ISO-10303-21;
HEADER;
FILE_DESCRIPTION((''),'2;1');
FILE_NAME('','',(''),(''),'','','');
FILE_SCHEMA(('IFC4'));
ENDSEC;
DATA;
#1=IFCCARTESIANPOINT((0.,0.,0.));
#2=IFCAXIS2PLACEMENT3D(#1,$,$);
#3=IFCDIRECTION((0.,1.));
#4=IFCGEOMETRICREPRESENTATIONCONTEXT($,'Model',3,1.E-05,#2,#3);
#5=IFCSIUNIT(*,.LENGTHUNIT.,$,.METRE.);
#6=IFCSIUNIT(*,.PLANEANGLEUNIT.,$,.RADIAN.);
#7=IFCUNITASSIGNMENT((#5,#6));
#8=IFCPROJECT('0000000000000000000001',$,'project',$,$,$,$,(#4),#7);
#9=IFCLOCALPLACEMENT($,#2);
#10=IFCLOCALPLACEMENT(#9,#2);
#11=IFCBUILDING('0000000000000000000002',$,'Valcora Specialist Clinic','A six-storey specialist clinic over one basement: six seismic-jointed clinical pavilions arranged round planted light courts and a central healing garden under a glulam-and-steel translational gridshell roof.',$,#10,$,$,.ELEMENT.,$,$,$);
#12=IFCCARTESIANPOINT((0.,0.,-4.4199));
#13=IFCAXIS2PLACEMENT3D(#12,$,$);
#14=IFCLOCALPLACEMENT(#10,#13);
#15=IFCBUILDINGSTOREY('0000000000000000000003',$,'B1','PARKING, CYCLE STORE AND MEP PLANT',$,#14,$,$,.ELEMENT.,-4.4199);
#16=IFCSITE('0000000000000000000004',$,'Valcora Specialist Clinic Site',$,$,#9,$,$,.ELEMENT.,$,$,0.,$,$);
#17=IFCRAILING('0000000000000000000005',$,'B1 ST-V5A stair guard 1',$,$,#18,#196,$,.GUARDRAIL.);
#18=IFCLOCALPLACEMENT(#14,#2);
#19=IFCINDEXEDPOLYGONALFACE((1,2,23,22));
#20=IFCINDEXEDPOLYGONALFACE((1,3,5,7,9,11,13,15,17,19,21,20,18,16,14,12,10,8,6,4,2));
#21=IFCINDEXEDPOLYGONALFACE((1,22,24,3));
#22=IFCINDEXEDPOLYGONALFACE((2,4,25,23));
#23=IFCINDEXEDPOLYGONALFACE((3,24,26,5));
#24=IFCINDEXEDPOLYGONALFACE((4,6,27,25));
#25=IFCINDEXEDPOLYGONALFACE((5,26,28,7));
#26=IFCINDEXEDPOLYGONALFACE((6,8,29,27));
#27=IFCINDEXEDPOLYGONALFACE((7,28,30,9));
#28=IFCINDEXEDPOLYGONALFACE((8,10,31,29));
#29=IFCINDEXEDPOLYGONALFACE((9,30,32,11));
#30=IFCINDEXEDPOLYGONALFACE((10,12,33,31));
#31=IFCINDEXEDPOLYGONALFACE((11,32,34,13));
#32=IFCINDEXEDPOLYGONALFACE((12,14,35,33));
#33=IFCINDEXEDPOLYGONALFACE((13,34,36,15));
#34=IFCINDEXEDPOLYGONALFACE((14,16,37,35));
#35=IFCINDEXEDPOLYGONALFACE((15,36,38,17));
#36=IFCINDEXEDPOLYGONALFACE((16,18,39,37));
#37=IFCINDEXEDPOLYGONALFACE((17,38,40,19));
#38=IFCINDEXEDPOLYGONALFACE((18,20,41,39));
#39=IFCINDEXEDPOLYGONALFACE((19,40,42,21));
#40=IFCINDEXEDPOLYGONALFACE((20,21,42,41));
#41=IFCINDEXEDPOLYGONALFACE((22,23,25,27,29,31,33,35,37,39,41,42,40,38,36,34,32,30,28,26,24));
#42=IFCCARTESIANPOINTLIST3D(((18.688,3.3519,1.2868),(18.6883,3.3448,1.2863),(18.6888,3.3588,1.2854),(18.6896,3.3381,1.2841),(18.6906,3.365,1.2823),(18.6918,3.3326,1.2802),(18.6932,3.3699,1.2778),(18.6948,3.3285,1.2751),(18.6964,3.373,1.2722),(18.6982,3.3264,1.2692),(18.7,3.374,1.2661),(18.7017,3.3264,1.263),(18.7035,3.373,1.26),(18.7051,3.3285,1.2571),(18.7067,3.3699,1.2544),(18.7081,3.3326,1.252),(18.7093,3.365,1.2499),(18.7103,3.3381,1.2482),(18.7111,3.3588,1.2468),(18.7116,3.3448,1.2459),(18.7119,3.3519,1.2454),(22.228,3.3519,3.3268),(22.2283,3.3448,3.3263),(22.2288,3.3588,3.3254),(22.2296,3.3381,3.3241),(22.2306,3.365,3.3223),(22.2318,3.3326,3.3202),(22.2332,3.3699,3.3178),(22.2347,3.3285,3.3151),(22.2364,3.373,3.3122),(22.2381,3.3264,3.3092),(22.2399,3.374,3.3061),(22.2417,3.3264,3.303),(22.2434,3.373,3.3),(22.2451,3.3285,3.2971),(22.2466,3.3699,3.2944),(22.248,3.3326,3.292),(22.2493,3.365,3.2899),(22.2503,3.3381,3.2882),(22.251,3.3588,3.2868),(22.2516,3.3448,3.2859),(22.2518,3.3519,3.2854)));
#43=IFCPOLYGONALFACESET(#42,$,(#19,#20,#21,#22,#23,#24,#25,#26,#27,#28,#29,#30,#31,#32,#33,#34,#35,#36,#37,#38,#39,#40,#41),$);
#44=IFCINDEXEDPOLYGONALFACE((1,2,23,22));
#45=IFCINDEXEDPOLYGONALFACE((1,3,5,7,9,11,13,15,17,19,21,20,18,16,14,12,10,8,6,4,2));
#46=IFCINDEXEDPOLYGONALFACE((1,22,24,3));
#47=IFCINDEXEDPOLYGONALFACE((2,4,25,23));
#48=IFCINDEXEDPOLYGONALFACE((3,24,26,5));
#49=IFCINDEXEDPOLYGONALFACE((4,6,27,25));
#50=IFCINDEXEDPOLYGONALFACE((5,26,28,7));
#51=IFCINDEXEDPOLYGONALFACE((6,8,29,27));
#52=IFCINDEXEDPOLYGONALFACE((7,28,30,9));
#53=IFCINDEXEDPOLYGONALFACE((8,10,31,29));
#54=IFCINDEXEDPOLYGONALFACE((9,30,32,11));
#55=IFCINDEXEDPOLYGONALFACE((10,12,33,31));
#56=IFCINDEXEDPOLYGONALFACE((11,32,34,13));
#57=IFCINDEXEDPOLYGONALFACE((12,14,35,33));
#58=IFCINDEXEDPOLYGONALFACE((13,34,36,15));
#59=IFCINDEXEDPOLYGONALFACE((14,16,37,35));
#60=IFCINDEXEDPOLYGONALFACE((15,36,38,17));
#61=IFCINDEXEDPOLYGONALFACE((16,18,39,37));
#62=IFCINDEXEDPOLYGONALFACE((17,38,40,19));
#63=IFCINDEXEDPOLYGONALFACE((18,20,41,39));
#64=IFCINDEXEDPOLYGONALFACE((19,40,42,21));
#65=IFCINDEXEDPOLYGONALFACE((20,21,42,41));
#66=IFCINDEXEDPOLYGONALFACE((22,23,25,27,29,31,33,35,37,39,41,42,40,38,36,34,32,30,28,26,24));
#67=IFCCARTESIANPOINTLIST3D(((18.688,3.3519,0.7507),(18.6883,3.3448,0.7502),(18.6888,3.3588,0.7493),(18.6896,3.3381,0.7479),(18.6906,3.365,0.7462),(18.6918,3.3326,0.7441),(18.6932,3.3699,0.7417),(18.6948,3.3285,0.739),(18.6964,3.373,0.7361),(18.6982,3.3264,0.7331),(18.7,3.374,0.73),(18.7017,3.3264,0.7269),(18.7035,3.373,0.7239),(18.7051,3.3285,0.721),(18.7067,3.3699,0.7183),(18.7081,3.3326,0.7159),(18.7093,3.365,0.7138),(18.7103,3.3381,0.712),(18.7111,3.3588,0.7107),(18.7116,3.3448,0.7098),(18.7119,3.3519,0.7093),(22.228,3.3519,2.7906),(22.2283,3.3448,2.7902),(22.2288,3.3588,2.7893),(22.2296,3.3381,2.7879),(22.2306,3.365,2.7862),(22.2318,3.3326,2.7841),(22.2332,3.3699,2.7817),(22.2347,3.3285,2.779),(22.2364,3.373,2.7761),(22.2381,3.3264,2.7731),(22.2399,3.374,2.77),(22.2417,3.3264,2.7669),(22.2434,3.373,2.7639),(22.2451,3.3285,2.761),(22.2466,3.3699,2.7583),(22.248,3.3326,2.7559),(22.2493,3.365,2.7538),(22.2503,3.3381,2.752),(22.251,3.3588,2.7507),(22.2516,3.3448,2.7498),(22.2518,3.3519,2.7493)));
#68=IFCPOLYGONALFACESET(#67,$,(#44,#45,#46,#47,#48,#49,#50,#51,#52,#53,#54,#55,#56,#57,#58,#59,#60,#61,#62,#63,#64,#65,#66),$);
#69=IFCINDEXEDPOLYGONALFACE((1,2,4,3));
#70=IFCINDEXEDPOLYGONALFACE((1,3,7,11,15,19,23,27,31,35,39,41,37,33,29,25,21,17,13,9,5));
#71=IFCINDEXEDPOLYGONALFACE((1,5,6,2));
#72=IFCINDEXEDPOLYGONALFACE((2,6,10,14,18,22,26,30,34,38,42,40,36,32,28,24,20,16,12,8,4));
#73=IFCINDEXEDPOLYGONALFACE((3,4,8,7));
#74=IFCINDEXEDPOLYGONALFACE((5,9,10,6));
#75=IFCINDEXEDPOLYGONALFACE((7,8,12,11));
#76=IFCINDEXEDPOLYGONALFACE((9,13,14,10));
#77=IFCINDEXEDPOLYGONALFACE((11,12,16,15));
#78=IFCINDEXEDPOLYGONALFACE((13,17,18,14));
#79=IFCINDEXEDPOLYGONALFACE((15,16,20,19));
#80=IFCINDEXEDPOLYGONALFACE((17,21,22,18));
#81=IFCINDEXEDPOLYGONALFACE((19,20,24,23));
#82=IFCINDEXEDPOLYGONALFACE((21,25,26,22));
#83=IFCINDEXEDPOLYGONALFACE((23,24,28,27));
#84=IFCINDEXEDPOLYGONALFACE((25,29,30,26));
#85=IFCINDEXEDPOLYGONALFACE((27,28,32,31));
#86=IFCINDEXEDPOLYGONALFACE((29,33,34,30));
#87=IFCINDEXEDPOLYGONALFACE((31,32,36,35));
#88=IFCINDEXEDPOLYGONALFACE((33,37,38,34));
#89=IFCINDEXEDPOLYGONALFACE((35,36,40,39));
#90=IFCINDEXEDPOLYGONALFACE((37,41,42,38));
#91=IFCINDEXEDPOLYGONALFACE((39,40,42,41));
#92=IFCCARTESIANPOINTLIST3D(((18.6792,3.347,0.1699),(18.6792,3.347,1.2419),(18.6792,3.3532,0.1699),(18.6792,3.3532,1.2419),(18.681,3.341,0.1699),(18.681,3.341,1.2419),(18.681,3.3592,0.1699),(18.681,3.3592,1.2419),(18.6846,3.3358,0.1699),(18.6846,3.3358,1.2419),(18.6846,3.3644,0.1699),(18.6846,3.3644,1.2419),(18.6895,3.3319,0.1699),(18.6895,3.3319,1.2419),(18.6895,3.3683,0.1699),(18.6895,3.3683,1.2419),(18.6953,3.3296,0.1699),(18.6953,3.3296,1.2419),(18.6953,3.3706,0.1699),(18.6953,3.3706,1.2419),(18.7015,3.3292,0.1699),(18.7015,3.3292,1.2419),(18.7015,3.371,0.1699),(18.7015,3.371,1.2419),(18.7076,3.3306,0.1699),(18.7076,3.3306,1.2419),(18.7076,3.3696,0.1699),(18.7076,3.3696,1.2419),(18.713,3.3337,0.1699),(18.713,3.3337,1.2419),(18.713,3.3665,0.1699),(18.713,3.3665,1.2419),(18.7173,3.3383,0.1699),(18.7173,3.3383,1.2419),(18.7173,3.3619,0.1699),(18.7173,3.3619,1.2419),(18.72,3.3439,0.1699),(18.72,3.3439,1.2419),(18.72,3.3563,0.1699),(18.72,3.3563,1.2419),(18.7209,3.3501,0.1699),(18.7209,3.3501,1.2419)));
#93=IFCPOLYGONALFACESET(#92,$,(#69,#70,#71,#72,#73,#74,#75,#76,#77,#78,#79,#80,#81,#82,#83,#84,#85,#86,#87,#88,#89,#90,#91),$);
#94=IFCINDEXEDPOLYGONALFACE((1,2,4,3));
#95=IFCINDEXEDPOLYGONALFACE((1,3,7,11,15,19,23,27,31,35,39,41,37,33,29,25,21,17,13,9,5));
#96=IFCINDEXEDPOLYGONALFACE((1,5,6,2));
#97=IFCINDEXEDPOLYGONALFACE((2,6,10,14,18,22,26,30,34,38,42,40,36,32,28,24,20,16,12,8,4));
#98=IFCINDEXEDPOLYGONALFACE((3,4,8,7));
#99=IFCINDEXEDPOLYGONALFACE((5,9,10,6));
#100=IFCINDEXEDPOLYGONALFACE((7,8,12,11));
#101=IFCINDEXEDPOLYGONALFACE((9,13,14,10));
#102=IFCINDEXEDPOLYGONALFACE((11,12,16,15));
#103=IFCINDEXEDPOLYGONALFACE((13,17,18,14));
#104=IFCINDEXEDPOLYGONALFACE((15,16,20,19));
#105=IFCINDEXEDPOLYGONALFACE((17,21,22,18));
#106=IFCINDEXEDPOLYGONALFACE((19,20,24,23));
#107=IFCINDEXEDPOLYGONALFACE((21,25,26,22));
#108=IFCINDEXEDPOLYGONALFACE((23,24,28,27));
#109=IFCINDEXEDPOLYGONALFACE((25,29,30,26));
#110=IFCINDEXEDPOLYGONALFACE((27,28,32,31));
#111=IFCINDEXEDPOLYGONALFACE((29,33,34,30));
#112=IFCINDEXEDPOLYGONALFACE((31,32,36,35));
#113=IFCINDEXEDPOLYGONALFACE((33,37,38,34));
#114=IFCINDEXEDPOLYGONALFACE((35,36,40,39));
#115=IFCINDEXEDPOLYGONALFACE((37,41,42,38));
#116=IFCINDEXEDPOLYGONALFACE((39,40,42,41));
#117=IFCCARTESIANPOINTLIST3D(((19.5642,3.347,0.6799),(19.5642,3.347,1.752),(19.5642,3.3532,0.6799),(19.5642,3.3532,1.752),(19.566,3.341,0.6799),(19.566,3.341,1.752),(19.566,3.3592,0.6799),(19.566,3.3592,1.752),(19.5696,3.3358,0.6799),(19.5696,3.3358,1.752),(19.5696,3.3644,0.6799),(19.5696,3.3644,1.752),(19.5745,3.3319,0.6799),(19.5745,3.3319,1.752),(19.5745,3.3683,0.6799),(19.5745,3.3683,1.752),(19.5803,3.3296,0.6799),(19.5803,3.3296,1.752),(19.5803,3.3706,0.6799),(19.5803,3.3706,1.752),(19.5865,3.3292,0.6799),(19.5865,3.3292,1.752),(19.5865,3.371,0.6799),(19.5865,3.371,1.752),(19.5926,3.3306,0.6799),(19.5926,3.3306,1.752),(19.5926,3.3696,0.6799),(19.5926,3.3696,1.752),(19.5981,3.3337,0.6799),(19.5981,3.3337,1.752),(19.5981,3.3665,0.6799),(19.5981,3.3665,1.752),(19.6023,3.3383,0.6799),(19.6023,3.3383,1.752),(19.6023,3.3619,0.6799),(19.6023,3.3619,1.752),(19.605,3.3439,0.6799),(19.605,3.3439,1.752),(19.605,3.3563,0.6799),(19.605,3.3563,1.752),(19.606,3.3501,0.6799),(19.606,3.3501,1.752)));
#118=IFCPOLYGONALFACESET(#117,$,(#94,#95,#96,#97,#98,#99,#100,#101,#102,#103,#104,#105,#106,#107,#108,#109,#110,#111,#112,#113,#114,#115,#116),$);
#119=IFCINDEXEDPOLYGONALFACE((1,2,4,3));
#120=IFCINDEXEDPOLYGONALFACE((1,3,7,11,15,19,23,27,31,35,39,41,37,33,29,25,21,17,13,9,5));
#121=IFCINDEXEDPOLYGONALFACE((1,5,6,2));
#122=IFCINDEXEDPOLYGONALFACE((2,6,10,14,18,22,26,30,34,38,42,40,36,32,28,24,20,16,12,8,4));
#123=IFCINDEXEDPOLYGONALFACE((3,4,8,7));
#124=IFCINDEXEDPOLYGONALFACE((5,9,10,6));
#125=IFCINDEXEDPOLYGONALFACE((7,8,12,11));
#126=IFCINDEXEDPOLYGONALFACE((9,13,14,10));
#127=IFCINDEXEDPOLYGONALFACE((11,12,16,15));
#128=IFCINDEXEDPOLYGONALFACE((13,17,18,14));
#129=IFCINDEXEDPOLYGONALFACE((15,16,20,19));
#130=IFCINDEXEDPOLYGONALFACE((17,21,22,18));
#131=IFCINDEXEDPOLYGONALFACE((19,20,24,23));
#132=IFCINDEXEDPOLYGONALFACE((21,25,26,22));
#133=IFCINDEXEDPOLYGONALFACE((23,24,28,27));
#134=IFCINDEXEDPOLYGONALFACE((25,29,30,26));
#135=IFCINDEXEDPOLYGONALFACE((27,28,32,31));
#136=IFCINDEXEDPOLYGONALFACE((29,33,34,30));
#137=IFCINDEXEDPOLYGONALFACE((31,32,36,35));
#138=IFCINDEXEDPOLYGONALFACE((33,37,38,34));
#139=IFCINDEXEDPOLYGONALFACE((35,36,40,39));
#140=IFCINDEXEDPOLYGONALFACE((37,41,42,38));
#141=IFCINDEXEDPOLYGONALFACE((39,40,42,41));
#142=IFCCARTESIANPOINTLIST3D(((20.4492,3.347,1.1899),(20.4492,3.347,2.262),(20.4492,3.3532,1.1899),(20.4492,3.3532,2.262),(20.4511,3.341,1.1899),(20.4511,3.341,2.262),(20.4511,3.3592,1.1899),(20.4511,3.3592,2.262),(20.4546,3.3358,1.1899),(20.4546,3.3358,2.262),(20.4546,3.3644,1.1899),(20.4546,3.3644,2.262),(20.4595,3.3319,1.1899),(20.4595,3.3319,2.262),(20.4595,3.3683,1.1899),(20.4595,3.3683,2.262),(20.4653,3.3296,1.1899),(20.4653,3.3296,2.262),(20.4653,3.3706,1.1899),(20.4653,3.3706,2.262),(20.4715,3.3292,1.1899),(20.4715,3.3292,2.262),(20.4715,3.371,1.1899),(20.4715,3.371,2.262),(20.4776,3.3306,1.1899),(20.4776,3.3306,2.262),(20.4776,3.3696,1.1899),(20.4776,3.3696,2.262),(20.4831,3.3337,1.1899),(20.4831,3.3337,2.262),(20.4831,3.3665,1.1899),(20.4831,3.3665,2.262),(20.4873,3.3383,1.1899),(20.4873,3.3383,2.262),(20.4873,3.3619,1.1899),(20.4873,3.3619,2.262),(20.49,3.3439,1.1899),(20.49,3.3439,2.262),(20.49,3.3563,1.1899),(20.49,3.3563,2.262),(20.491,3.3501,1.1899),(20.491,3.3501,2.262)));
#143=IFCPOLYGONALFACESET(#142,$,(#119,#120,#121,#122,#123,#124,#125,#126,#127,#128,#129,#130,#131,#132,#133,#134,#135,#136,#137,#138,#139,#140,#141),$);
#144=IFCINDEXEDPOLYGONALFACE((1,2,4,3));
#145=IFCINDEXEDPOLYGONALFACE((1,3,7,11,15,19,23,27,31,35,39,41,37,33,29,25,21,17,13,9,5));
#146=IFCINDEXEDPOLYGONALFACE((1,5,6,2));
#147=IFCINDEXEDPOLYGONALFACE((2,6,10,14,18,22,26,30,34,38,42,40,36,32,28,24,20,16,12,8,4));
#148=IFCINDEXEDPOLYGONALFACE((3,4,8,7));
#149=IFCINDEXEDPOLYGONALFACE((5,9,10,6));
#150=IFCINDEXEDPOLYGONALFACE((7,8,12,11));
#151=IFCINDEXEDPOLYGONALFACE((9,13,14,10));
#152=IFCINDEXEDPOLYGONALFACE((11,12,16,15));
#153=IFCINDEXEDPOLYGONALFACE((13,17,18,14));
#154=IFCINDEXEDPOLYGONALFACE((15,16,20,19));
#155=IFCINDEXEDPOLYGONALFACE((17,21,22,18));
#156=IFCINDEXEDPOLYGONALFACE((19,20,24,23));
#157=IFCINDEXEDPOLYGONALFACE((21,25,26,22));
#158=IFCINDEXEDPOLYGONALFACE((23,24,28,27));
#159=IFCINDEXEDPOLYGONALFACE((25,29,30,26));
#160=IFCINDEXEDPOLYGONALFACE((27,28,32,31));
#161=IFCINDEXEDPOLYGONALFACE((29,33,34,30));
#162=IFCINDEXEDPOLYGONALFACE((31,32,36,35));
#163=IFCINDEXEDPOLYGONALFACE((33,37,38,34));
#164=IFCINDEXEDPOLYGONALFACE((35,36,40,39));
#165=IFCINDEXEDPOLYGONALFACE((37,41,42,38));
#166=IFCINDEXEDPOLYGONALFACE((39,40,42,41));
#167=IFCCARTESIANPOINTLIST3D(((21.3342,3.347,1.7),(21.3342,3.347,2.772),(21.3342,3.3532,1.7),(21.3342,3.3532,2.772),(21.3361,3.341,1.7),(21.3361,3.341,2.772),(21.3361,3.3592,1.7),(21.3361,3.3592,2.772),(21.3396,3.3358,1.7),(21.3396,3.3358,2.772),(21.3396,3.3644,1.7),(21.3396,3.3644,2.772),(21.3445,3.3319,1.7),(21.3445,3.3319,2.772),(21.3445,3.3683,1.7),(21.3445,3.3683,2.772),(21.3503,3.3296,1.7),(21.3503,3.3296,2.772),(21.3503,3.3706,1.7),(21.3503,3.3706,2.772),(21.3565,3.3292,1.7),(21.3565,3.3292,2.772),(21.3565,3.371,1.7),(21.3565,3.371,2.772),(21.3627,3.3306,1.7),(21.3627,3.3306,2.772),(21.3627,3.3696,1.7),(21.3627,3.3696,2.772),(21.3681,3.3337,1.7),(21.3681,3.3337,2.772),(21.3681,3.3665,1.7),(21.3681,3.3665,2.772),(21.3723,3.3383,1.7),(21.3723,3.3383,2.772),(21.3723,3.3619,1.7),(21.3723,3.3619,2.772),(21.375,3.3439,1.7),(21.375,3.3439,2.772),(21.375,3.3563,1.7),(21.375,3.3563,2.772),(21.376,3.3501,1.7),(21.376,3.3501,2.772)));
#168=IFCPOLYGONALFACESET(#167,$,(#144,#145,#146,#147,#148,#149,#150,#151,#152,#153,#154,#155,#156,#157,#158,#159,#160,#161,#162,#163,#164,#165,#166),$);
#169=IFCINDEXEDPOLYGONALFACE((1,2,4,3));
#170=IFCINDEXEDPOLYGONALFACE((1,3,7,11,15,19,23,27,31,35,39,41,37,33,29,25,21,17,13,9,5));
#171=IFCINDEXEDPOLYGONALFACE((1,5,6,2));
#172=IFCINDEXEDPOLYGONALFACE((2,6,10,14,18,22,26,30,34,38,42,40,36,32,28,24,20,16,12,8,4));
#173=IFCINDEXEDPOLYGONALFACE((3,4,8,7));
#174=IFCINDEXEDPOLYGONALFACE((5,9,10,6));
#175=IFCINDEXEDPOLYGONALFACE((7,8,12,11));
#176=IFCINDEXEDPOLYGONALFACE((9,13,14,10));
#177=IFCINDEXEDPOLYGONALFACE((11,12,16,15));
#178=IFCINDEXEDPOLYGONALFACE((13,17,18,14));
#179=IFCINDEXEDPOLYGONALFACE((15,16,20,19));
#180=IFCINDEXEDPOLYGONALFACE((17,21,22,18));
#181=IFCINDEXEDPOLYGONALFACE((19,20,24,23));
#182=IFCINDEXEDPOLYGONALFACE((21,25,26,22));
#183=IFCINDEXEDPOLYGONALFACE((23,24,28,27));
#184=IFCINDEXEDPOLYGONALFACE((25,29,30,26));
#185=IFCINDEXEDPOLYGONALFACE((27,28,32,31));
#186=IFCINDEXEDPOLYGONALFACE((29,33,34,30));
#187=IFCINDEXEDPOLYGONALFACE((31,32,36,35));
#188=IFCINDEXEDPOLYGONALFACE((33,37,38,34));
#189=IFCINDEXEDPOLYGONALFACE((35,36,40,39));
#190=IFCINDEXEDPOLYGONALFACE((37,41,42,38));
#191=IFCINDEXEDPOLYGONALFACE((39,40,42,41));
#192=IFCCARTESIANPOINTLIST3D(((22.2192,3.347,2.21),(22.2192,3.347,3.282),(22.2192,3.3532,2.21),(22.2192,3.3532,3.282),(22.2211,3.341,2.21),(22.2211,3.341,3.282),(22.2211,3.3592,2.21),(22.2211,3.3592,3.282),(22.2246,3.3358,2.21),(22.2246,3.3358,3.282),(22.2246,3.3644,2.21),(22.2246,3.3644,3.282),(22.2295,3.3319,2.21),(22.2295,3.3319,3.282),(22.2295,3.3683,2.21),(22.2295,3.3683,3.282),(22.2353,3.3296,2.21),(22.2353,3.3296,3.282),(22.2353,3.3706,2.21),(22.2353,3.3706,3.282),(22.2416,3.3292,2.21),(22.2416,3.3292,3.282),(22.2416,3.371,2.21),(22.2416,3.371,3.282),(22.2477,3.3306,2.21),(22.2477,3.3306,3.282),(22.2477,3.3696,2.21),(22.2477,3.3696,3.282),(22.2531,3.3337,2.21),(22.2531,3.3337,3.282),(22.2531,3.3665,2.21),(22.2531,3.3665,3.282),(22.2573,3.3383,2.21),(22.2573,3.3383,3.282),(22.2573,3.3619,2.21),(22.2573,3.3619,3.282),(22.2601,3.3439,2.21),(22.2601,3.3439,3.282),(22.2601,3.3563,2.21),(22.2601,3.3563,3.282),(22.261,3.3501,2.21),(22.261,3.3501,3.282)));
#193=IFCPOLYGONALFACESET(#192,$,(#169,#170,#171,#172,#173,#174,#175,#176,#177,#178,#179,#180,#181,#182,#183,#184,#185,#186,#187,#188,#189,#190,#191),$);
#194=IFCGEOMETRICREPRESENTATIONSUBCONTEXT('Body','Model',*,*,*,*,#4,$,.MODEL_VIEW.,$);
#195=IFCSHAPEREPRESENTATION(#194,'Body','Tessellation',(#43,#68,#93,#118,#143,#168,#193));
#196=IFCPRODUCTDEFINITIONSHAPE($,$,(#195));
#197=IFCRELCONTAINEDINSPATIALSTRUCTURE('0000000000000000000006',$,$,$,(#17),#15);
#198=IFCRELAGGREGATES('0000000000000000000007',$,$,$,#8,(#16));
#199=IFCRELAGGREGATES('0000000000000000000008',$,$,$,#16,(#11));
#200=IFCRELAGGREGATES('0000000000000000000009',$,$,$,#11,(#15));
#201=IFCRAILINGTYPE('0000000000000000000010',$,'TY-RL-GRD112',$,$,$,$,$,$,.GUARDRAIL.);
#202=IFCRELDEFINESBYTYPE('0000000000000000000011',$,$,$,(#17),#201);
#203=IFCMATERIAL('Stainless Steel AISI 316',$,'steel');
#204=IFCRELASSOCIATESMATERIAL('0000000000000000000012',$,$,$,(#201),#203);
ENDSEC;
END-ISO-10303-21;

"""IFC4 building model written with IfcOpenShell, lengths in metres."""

from ifc_helpers import new_model, si_unit, direction, frame, origin, origin_2d, place, context, subcontext, project, spatial, circle, extrude, material, type_object, element, save


model = new_model("IFC4")

# Units and contexts
model_context = context("Model", 3, precision=1e-05, world=origin(), true_north=direction((0.0, 1.0)))
body_context = subcontext(model_context, "Body", "Model", "MODEL_VIEW")
ifc_project = project(units=[si_unit("LENGTHUNIT", "METRE"), si_unit("PLANEANGLEUNIT", "RADIAN")], contexts=[model_context])

# Site, building, storey
site_placement = place(None, origin())
site = spatial("IfcSite", under=ifc_project, at=site_placement, Name="Valcora Specialist Clinic Site", CompositionType="ELEMENT", RefElevation=0.0)
building_placement = place(site_placement, origin())
building = spatial("IfcBuilding", under=site, at=building_placement, Name="Valcora Specialist Clinic", Description="A six-storey specialist clinic over one basement: six seismic-jointed clinical pavilions arranged round planted light courts and a central healing garden under a glulam-and-steel translational gridshell roof.", CompositionType="ELEMENT")
storey_placement = place(building_placement, frame((0.0, 0.0, -4.4199)))
storey = spatial("IfcBuildingStorey", under=building, at=storey_placement, Name="B1", Description="PARKING, CYCLE STORE AND MEP PLANT", CompositionType="ELEMENT", Elevation=-4.4199)

# Railing
ifc_material_1 = material(Name="Stainless Steel AISI 316", Category="steel")
railing_type_1 = type_object("IfcRailingType", Name="TY-RL-GRD112", PredefinedType="GUARDRAIL", material=ifc_material_1)
railing_1_placement = place(storey_placement, frame((18.7, 3.3501, 0.1699)))
element("IfcRailing", 1, at=railing_1_placement, inside=storey, type_object=railing_type_1, Name="B1 ST-V5A stair guard 1", PredefinedType="GUARDRAIL", context=body_context, shape_type="SweptSolid", body=[
    extrude(circle(Radius=0.0239, at=origin_2d()), frame((0.0, 0.0, 1.0962), z_axis=(0.866428, 0.0, 0.499302), x_axis=(0.0, 1.0, 0.0)), (0.0, 0.0, 1.0), 4.0857),
    extrude(circle(Radius=0.0239, at=origin_2d()), frame((0.0, 0.0, 0.5601), z_axis=(0.866428, 0.0, 0.499302), x_axis=(0.0, 1.0, 0.0)), (0.0, 0.0, 1.0), 4.0857),
    extrude(circle(Radius=0.021, at=origin_2d()), origin(), (0.0, 0.0, 1.0), 1.072),
    extrude(circle(Radius=0.021, at=origin_2d()), frame((0.885, 0.0, 0.51)), (0.0, 0.0, 1.0), 1.072),
    extrude(circle(Radius=0.021, at=origin_2d()), frame((1.77, 0.0, 1.02)), (0.0, 0.0, 1.0), 1.072),
    extrude(circle(Radius=0.021, at=origin_2d()), frame((2.655, 0.0, 1.53)), (0.0, 0.0, 1.0), 1.072),
    extrude(circle(Radius=0.021, at=origin_2d()), frame((3.54, 0.0, 2.04)), (0.0, 0.0, 1.0), 1.072),
])

save(model, "model.ifc")
